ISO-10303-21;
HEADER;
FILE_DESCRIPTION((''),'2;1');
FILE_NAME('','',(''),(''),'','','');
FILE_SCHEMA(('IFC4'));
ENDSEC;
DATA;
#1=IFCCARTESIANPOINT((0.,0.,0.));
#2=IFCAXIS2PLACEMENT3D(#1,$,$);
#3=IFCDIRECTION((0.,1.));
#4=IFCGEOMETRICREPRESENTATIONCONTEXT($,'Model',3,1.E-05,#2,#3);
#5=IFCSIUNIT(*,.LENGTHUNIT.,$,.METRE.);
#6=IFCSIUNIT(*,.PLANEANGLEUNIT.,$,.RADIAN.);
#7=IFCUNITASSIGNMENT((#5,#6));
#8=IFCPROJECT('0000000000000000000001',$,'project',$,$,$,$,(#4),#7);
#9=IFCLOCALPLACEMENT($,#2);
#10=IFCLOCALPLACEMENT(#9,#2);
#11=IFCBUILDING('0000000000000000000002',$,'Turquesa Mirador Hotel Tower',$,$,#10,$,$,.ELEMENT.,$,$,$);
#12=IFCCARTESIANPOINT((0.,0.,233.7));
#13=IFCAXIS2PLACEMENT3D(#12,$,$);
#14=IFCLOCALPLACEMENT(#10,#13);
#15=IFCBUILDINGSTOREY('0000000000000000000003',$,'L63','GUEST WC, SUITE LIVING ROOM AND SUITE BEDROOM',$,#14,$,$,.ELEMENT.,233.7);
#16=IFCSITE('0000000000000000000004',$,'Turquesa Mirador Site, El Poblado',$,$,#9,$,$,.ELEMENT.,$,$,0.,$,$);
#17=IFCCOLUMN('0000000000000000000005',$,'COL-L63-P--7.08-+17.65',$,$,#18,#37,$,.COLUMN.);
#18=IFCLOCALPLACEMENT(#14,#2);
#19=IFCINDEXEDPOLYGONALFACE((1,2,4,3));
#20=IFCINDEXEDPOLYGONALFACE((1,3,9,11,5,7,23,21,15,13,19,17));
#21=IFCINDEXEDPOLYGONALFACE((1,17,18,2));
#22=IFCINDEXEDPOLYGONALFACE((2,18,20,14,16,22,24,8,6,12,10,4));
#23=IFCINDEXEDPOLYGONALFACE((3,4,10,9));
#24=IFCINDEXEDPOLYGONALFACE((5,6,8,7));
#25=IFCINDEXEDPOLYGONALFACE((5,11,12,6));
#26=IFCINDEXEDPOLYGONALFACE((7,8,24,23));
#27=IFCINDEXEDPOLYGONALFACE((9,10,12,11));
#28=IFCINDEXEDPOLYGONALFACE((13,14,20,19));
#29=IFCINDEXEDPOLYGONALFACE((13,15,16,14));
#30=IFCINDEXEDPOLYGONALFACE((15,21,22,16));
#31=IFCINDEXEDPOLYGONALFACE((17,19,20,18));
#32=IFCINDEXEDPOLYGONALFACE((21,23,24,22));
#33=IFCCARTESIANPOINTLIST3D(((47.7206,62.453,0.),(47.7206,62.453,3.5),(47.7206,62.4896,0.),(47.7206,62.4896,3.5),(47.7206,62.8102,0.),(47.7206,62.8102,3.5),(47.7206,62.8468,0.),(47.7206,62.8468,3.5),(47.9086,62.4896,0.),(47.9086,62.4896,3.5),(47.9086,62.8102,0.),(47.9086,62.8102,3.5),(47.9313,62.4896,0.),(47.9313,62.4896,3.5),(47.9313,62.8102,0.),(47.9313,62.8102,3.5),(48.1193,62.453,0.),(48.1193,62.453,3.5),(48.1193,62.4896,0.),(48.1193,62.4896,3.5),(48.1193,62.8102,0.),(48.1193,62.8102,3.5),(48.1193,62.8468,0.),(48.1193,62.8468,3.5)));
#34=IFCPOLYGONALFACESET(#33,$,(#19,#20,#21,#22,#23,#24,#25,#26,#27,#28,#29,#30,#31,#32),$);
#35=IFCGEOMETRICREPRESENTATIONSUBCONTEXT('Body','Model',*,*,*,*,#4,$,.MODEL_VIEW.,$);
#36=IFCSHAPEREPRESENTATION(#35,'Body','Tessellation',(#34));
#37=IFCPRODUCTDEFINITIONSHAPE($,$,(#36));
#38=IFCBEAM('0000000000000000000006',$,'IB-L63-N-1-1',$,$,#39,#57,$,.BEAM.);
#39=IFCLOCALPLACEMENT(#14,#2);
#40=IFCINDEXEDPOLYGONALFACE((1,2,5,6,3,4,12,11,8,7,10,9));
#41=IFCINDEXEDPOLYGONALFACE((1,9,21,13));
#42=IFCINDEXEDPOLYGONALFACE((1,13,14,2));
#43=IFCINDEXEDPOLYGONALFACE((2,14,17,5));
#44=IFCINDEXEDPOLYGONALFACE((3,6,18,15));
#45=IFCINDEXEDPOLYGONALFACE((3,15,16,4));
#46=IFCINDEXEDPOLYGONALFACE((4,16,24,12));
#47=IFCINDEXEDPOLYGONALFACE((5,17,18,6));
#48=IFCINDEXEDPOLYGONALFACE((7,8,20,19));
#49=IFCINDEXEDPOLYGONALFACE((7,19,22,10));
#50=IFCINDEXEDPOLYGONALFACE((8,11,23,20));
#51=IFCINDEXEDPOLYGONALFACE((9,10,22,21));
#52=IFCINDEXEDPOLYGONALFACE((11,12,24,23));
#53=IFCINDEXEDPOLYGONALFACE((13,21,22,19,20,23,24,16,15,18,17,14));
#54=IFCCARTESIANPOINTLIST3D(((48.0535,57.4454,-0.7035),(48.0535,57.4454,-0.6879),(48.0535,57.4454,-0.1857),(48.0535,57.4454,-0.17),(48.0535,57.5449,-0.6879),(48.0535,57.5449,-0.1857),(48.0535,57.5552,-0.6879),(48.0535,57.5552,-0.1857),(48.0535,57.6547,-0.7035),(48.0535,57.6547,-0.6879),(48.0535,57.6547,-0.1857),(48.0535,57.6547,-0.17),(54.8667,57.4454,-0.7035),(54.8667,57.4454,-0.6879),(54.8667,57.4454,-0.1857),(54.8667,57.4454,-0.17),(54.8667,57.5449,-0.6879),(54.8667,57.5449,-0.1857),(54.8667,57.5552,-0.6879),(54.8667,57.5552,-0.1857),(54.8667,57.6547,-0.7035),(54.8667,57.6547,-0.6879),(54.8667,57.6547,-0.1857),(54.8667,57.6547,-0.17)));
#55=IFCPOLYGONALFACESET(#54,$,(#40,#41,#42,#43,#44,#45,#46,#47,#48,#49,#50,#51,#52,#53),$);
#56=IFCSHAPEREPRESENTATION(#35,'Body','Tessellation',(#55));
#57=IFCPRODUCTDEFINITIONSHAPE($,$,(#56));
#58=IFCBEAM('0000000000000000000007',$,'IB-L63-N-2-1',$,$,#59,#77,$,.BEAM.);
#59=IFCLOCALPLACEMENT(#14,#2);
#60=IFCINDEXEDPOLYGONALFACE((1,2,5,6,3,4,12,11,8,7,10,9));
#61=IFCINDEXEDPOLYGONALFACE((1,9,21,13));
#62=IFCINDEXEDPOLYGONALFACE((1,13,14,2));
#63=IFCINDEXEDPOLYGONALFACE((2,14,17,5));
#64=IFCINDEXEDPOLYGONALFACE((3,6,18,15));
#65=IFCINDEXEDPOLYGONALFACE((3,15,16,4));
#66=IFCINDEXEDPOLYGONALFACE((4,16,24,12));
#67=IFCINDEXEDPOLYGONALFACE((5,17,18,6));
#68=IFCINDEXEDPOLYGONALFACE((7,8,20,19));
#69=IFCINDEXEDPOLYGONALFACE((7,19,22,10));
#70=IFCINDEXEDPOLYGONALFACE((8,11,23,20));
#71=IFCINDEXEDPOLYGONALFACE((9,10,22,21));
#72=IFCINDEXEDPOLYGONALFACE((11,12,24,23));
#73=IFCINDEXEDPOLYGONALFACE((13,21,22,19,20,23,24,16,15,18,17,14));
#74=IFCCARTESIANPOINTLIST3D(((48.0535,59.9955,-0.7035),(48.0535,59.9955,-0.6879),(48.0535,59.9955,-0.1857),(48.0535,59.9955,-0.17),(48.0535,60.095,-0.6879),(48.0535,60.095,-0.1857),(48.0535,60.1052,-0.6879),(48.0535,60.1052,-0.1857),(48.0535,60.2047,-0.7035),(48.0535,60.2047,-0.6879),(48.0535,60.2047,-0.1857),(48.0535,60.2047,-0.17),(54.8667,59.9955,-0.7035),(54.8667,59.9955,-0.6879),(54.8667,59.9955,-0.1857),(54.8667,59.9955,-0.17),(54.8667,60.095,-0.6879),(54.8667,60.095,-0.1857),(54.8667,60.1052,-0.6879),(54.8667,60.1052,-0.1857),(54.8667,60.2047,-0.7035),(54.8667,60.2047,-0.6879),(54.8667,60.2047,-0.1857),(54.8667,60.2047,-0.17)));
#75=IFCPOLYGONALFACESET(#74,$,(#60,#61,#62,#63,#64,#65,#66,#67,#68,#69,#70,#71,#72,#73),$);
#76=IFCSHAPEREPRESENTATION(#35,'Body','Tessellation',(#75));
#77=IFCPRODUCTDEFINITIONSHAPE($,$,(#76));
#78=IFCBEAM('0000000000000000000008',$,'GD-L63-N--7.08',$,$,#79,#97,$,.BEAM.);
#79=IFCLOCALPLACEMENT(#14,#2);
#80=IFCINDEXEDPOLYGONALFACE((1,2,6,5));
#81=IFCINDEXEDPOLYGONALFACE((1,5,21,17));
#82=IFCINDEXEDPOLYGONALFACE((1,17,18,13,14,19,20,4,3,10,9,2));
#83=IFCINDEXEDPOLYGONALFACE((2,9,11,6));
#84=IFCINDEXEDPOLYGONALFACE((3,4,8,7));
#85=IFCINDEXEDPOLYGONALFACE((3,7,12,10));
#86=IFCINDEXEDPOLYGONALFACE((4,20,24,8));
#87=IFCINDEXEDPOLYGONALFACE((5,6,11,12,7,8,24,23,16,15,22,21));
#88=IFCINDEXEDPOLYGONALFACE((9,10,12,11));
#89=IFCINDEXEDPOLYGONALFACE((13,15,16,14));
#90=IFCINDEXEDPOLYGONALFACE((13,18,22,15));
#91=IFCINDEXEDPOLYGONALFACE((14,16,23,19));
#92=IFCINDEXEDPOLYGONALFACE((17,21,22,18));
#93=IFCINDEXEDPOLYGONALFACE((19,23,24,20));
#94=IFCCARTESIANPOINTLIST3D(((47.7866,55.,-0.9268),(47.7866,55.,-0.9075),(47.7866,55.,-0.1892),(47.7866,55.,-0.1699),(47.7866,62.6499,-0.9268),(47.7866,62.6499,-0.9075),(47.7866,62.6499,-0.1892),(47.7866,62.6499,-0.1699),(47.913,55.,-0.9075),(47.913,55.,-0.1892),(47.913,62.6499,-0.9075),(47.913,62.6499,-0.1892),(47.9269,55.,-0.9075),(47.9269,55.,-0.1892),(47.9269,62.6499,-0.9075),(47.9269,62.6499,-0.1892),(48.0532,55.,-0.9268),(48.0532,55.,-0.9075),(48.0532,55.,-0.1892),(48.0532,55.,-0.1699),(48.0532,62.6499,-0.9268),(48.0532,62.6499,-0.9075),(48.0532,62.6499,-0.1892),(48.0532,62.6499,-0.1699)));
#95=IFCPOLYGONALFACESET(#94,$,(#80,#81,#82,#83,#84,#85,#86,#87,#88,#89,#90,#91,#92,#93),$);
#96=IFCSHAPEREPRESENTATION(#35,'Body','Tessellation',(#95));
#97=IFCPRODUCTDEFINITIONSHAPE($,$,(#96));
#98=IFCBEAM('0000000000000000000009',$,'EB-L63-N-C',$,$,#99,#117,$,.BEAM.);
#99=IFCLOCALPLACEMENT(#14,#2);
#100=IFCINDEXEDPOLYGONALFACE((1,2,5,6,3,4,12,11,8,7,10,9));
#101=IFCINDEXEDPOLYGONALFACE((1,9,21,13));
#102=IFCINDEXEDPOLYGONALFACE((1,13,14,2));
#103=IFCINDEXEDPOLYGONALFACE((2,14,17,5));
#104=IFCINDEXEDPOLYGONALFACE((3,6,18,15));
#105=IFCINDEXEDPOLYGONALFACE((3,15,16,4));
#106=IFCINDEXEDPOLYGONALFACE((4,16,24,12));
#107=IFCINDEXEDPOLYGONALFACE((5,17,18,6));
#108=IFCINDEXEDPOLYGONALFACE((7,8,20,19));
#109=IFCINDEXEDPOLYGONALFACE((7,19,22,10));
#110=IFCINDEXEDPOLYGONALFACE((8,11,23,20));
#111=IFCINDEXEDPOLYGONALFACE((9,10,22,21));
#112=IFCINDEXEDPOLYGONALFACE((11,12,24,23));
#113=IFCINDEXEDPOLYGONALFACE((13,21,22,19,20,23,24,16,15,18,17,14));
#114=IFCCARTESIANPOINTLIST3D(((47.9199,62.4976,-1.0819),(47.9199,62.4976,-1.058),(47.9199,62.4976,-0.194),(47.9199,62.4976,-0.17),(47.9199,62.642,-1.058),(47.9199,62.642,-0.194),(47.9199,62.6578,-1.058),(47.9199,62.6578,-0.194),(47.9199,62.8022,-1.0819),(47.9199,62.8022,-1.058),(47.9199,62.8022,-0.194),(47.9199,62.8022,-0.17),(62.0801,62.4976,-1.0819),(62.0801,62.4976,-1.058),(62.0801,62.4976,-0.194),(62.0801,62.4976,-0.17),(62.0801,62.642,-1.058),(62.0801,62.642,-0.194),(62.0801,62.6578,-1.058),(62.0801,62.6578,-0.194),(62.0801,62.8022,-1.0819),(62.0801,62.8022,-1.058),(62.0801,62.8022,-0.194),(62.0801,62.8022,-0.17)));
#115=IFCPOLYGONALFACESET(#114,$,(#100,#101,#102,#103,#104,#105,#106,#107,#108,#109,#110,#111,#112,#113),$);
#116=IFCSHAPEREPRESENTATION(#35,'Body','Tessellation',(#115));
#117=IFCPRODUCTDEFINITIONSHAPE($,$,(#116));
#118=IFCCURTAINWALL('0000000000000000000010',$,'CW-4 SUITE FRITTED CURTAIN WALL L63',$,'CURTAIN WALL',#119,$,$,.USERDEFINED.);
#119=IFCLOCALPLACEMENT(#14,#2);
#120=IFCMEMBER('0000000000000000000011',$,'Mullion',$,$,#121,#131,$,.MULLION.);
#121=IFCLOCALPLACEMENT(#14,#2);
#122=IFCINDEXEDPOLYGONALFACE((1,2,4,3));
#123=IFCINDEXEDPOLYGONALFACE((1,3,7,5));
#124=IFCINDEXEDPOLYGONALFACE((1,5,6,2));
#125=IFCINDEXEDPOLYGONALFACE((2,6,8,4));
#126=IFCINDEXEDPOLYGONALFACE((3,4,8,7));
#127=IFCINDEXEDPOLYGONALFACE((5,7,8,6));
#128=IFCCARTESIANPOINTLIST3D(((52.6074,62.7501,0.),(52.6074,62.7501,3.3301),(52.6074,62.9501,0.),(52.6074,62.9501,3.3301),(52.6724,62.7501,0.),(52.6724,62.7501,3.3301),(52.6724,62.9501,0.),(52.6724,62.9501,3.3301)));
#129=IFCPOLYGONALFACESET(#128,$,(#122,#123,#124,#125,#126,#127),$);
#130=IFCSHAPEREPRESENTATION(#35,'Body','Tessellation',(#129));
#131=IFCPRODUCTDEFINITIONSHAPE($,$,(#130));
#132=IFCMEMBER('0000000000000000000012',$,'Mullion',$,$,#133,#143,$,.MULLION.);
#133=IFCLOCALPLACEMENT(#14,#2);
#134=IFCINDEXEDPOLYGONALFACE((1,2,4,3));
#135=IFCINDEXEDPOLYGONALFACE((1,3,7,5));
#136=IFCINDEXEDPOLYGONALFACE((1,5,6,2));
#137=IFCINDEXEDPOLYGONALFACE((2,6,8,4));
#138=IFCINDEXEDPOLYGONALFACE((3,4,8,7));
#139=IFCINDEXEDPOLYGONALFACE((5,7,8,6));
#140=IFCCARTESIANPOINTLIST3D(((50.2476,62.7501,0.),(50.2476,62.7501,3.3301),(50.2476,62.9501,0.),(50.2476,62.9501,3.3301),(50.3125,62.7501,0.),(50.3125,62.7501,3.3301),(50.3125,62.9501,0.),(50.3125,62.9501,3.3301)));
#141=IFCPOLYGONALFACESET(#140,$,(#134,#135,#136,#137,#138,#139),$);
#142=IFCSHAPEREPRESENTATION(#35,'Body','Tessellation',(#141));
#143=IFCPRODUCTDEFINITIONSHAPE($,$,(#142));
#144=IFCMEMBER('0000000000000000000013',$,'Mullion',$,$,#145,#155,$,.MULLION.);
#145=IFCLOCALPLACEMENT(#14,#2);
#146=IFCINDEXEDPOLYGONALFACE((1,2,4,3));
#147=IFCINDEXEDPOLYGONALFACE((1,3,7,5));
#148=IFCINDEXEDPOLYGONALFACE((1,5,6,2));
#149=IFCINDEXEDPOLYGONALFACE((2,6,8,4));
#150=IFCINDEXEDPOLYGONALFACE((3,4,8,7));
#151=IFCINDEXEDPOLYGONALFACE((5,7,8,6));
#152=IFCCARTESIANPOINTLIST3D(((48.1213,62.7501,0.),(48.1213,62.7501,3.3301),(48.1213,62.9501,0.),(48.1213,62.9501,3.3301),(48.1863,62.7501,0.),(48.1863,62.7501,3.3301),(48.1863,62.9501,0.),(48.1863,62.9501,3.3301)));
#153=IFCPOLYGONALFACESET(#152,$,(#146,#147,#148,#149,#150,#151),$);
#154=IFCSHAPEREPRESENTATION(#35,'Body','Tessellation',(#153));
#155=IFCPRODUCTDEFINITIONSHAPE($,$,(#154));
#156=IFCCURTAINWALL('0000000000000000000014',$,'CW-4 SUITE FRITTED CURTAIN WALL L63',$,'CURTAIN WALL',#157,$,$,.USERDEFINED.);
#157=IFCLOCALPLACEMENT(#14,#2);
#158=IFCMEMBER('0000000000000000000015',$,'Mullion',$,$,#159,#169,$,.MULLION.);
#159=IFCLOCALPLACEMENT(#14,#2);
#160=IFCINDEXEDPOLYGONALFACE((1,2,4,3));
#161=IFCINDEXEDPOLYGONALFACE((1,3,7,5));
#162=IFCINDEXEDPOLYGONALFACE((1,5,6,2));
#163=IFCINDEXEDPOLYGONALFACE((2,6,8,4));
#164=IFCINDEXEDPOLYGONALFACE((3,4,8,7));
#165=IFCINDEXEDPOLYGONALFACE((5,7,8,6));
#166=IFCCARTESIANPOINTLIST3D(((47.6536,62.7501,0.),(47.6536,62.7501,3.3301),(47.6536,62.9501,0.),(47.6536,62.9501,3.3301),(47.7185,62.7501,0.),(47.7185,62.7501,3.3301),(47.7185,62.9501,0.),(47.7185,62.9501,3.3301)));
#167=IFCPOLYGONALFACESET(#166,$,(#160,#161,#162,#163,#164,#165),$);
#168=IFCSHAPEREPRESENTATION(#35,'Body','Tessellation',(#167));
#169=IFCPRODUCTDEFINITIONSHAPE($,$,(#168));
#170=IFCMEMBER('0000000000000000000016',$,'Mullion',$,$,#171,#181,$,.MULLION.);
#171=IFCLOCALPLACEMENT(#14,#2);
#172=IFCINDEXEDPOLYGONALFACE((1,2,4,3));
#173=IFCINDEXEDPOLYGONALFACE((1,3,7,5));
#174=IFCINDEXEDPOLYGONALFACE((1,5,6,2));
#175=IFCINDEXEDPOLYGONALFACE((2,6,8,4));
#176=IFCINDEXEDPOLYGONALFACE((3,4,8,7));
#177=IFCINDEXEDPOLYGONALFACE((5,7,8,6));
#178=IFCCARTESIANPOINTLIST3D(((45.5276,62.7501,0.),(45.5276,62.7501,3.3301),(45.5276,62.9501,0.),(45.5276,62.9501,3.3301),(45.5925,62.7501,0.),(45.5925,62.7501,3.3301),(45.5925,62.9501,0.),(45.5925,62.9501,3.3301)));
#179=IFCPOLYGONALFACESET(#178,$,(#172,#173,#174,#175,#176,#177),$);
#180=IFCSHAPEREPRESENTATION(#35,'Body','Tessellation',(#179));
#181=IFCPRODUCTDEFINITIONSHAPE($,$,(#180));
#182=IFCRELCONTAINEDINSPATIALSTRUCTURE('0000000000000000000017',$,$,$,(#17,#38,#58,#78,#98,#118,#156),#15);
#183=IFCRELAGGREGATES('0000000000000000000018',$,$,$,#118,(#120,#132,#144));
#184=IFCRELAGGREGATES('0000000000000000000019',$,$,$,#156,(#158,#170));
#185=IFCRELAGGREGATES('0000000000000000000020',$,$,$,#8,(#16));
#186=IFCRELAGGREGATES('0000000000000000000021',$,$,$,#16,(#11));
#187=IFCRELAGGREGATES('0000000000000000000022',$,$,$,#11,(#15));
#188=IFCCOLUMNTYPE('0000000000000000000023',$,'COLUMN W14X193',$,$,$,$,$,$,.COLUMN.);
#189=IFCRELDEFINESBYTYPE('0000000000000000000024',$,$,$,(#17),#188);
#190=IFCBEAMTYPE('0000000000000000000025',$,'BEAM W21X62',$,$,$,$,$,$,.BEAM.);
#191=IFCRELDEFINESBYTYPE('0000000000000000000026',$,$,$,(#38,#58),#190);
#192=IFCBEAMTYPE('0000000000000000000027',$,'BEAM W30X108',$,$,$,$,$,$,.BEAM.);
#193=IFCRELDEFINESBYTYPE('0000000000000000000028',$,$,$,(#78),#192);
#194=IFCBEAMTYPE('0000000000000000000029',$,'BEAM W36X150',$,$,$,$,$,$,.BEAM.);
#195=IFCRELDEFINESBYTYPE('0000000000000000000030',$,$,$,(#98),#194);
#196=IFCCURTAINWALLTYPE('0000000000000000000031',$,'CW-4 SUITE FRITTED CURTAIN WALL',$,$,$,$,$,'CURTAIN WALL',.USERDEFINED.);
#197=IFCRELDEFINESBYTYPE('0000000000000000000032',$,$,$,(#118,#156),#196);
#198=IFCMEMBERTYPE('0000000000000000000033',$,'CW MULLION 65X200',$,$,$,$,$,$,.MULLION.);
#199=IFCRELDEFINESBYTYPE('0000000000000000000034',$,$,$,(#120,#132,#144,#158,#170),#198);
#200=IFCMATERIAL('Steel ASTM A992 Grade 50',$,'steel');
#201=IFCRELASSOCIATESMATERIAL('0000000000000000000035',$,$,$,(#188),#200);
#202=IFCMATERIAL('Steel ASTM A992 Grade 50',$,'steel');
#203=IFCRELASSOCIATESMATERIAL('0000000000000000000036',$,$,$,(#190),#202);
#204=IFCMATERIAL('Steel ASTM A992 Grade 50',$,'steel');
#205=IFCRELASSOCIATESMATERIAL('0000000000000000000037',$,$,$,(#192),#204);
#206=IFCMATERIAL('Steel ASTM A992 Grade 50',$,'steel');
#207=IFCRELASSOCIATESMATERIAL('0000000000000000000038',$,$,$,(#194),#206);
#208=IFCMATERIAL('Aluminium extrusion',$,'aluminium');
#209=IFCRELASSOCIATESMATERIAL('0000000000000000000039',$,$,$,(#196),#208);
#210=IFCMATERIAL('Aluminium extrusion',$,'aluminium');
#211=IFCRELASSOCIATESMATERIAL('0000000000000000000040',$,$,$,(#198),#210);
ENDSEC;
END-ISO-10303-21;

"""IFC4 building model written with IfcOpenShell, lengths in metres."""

from ifc_helpers import new_model, si_unit, direction, frame, origin, origin_2d, place, context, subcontext, project, spatial, rectangle, i_section, extrude, material, material_profile, profile_set, type_object, element, aggregate, save


model = new_model("IFC4")

# Units and contexts
model_context = context("Model", 3, precision=1e-05, world=origin(), true_north=direction((0.0, 1.0)))
body_context = subcontext(model_context, "Body", "Model", "MODEL_VIEW")
ifc_project = project(units=[si_unit("LENGTHUNIT", "METRE"), si_unit("PLANEANGLEUNIT", "RADIAN")], contexts=[model_context])

# Site, building, storey
site_placement = place(None, origin())
site = spatial("IfcSite", under=ifc_project, at=site_placement, Name="Turquesa Mirador Site, El Poblado", CompositionType="ELEMENT", RefElevation=0.0)
building_placement = place(site_placement, origin())
building = spatial("IfcBuilding", under=site, at=building_placement, Name="Turquesa Mirador Hotel Tower", CompositionType="ELEMENT")
storey_placement = place(building_placement, frame((0.0, 0.0, 233.7)))
storey = spatial("IfcBuildingStorey", under=building, at=storey_placement, Name="L63", Description="GUEST WC, SUITE LIVING ROOM AND SUITE BEDROOM", CompositionType="ELEMENT", Elevation=233.7)

# Column
ifc_material_1 = material(Name="Steel ASTM A992 Grade 50", Category="steel")
ifc_material_profile_1 = material_profile(ifc_material_1, i_section(OverallWidth=0.3987, OverallDepth=0.3938, WebThickness=0.0227, FlangeThickness=0.0366, at=origin_2d()), Name="W14X193")
ifc_profile_set_1 = profile_set([ifc_material_profile_1], Name="Steel ASTM A992 Grade 50")
column_type = type_object("IfcColumnType", Name="COLUMN W14X193", PredefinedType="COLUMN", material=ifc_profile_set_1)
column_placement = place(storey_placement, frame((47.9199, 62.6499, 0.0), z_axis=(0.0, 0.0, 1.0), x_axis=(1.0, 0.0, 0.0)))
element("IfcColumn", 1, at=column_placement, inside=storey, type_object=column_type, Name="COL-L63-P--7.08-+17.65", PredefinedType="COLUMN", context=body_context, shape_type="SweptSolid", body=[
    extrude(i_section(OverallWidth=0.3987, OverallDepth=0.3938, WebThickness=0.0227, FlangeThickness=0.0366, at=origin_2d()), origin(), (0.0, 0.0, 1.0), 3.5),
])

# Beams
ifc_material_2 = material(Name="Steel ASTM A992 Grade 50", Category="steel")
ifc_material_profile_2 = material_profile(ifc_material_2, i_section(OverallWidth=0.2092, OverallDepth=0.5334, WebThickness=0.0103, FlangeThickness=0.0156, at=origin_2d()), Name="W21X62")
ifc_profile_set_2 = profile_set([ifc_material_profile_2], Name="Steel ASTM A992 Grade 50")
beam_type_1 = type_object("IfcBeamType", Name="BEAM W21X62", PredefinedType="BEAM", material=ifc_profile_set_2)
for number, where, z_axis, x_axis, name in (
    (2, (48.0535, 57.55, -0.4368), (1.0, 0.0, 0.0), (0.0, 1.0, 0.0), "IB-L63-N-1-1"),
    (3, (48.0535, 60.1001, -0.4368), (1.0, 0.0, 0.0), (0.0, 1.0, 0.0), "IB-L63-N-2-1"),
):
    element("IfcBeam", number, at=place(storey_placement, frame(where, z_axis=z_axis, x_axis=x_axis)), inside=storey, type_object=beam_type_1, Name=name, PredefinedType="BEAM", context=body_context, shape_type="SweptSolid", body=[
        extrude(i_section(OverallWidth=0.2092, OverallDepth=0.5334, WebThickness=0.0103, FlangeThickness=0.0156, at=origin_2d()), origin(), (0.0, 0.0, 1.0), 6.8132),
    ])
ifc_material_3 = material(Name="Steel ASTM A992 Grade 50", Category="steel")
ifc_material_profile_3 = material_profile(ifc_material_3, i_section(OverallWidth=0.2666, OverallDepth=0.7568, WebThickness=0.0139, FlangeThickness=0.0193, at=origin_2d()), Name="W30X108")
ifc_profile_set_3 = profile_set([ifc_material_profile_3], Name="Steel ASTM A992 Grade 50")
beam_type_2 = type_object("IfcBeamType", Name="BEAM W30X108", PredefinedType="BEAM", material=ifc_profile_set_3)
beam_1_placement = place(storey_placement, frame((47.9199, 62.6499, -0.5483), z_axis=(0.0, -1.0, 0.0), x_axis=(1.0, 0.0, 0.0)))
element("IfcBeam", 4, at=beam_1_placement, inside=storey, type_object=beam_type_2, Name="GD-L63-N--7.08", PredefinedType="BEAM", context=body_context, shape_type="SweptSolid", body=[
    extrude(i_section(OverallWidth=0.2666, OverallDepth=0.7568, WebThickness=0.0139, FlangeThickness=0.0193, at=origin_2d()), origin(), (0.0, 0.0, 1.0), 7.6499),
])
ifc_material_4 = material(Name="Steel ASTM A992 Grade 50", Category="steel")
ifc_material_profile_4 = material_profile(ifc_material_4, i_section(OverallWidth=0.3047, OverallDepth=0.9119, WebThickness=0.0159, FlangeThickness=0.0239, at=origin_2d()), Name="W36X150")
ifc_profile_set_4 = profile_set([ifc_material_profile_4], Name="Steel ASTM A992 Grade 50")
beam_type_3 = type_object("IfcBeamType", Name="BEAM W36X150", PredefinedType="BEAM", material=ifc_profile_set_4)
beam_2_placement = place(storey_placement, frame((47.9199, 62.6499, -0.626), z_axis=(1.0, 0.0, 0.0), x_axis=(0.0, 1.0, 0.0)))
element("IfcBeam", 5, at=beam_2_placement, inside=storey, type_object=beam_type_3, Name="EB-L63-N-C", PredefinedType="BEAM", context=body_context, shape_type="SweptSolid", body=[
    extrude(i_section(OverallWidth=0.3047, OverallDepth=0.9119, WebThickness=0.0159, FlangeThickness=0.0239, at=origin_2d()), origin(), (0.0, 0.0, 1.0), 14.1602),
])

# Curtain walls, members
ifc_material_5 = material(Name="Aluminium extrusion", Category="aluminium")
curtain_wall_type = type_object("IfcCurtainWallType", Name="CW-4 SUITE FRITTED CURTAIN WALL", ElementType="CURTAIN WALL", PredefinedType="USERDEFINED", material=ifc_material_5)
curtain_wall_1_placement = place(storey_placement, origin())
curtain_wall_1 = element("IfcCurtainWall", 6, at=curtain_wall_1_placement, inside=storey, type_object=curtain_wall_type, Name="CW-4 SUITE FRITTED CURTAIN WALL L63", ObjectType="CURTAIN WALL", PredefinedType="USERDEFINED")
ifc_material_6 = material(Name="Aluminium extrusion", Category="aluminium")
ifc_material_profile_5 = material_profile(ifc_material_6, rectangle(XDim=0.0649, YDim=0.2, at=origin_2d()), Name="MULLION 65X200")
ifc_profile_set_5 = profile_set([ifc_material_profile_5], Name="Aluminium extrusion")
member_type_1 = type_object("IfcMemberType", Name="CW MULLION 65X200", PredefinedType="MULLION", material=ifc_profile_set_5)
member_1_placement = place(storey_placement, frame((52.6399, 62.8501, 0.0), z_axis=(0.0, 0.0, 1.0), x_axis=(-1.0, 0.0, 0.0)))
member_1 = element("IfcMember", 7, at=member_1_placement, type_object=member_type_1, Name="Mullion", PredefinedType="MULLION", context=body_context, shape_type="SweptSolid", body=[
    extrude(rectangle(XDim=0.0649, YDim=0.2, at=origin_2d()), origin(), (0.0, 0.0, 1.0), 3.3301),
])
member_2_placement = place(storey_placement, frame((50.28, 62.8501, 0.0), z_axis=(0.0, 0.0, 1.0), x_axis=(-1.0, 0.0, 0.0)))
member_2 = element("IfcMember", 8, at=member_2_placement, type_object=member_type_1, Name="Mullion", PredefinedType="MULLION", context=body_context, shape_type="SweptSolid", body=[
    extrude(rectangle(XDim=0.0649, YDim=0.2, at=origin_2d()), origin(), (0.0, 0.0, 1.0), 3.3301),
])
member_3_placement = place(storey_placement, frame((48.1538, 62.8501, 0.0), z_axis=(0.0, 0.0, 1.0), x_axis=(-1.0, 0.0, 0.0)))
member_3 = element("IfcMember", 9, at=member_3_placement, type_object=member_type_1, Name="Mullion", PredefinedType="MULLION", context=body_context, shape_type="SweptSolid", body=[
    extrude(rectangle(XDim=0.0649, YDim=0.2, at=origin_2d()), origin(), (0.0, 0.0, 1.0), 3.3301),
])
curtain_wall_2_placement = place(storey_placement, origin())
curtain_wall_2 = element("IfcCurtainWall", 10, at=curtain_wall_2_placement, inside=storey, type_object=curtain_wall_type, Name="CW-4 SUITE FRITTED CURTAIN WALL L63", ObjectType="CURTAIN WALL", PredefinedType="USERDEFINED")
member_4_placement = place(storey_placement, frame((47.686, 62.8501, 0.0), z_axis=(0.0, 0.0, 1.0), x_axis=(-1.0, 0.0, 0.0)))
member_4 = element("IfcMember", 11, at=member_4_placement, type_object=member_type_1, Name="Mullion", PredefinedType="MULLION", context=body_context, shape_type="SweptSolid", body=[
    extrude(rectangle(XDim=0.0649, YDim=0.2, at=origin_2d()), origin(), (0.0, 0.0, 1.0), 3.3301),
])
member_5_placement = place(storey_placement, frame((45.5601, 62.8501, 0.0), z_axis=(0.0, 0.0, 1.0), x_axis=(-1.0, 0.0, 0.0)))
member_5 = element("IfcMember", 12, at=member_5_placement, type_object=member_type_1, Name="Mullion", PredefinedType="MULLION", context=body_context, shape_type="SweptSolid", body=[
    extrude(rectangle(XDim=0.0649, YDim=0.2, at=origin_2d()), origin(), (0.0, 0.0, 1.0), 3.3301),
])

aggregate(curtain_wall_1, [member_1, member_2, member_3])
aggregate(curtain_wall_2, [member_4, member_5])

save(model, "model.ifc")
